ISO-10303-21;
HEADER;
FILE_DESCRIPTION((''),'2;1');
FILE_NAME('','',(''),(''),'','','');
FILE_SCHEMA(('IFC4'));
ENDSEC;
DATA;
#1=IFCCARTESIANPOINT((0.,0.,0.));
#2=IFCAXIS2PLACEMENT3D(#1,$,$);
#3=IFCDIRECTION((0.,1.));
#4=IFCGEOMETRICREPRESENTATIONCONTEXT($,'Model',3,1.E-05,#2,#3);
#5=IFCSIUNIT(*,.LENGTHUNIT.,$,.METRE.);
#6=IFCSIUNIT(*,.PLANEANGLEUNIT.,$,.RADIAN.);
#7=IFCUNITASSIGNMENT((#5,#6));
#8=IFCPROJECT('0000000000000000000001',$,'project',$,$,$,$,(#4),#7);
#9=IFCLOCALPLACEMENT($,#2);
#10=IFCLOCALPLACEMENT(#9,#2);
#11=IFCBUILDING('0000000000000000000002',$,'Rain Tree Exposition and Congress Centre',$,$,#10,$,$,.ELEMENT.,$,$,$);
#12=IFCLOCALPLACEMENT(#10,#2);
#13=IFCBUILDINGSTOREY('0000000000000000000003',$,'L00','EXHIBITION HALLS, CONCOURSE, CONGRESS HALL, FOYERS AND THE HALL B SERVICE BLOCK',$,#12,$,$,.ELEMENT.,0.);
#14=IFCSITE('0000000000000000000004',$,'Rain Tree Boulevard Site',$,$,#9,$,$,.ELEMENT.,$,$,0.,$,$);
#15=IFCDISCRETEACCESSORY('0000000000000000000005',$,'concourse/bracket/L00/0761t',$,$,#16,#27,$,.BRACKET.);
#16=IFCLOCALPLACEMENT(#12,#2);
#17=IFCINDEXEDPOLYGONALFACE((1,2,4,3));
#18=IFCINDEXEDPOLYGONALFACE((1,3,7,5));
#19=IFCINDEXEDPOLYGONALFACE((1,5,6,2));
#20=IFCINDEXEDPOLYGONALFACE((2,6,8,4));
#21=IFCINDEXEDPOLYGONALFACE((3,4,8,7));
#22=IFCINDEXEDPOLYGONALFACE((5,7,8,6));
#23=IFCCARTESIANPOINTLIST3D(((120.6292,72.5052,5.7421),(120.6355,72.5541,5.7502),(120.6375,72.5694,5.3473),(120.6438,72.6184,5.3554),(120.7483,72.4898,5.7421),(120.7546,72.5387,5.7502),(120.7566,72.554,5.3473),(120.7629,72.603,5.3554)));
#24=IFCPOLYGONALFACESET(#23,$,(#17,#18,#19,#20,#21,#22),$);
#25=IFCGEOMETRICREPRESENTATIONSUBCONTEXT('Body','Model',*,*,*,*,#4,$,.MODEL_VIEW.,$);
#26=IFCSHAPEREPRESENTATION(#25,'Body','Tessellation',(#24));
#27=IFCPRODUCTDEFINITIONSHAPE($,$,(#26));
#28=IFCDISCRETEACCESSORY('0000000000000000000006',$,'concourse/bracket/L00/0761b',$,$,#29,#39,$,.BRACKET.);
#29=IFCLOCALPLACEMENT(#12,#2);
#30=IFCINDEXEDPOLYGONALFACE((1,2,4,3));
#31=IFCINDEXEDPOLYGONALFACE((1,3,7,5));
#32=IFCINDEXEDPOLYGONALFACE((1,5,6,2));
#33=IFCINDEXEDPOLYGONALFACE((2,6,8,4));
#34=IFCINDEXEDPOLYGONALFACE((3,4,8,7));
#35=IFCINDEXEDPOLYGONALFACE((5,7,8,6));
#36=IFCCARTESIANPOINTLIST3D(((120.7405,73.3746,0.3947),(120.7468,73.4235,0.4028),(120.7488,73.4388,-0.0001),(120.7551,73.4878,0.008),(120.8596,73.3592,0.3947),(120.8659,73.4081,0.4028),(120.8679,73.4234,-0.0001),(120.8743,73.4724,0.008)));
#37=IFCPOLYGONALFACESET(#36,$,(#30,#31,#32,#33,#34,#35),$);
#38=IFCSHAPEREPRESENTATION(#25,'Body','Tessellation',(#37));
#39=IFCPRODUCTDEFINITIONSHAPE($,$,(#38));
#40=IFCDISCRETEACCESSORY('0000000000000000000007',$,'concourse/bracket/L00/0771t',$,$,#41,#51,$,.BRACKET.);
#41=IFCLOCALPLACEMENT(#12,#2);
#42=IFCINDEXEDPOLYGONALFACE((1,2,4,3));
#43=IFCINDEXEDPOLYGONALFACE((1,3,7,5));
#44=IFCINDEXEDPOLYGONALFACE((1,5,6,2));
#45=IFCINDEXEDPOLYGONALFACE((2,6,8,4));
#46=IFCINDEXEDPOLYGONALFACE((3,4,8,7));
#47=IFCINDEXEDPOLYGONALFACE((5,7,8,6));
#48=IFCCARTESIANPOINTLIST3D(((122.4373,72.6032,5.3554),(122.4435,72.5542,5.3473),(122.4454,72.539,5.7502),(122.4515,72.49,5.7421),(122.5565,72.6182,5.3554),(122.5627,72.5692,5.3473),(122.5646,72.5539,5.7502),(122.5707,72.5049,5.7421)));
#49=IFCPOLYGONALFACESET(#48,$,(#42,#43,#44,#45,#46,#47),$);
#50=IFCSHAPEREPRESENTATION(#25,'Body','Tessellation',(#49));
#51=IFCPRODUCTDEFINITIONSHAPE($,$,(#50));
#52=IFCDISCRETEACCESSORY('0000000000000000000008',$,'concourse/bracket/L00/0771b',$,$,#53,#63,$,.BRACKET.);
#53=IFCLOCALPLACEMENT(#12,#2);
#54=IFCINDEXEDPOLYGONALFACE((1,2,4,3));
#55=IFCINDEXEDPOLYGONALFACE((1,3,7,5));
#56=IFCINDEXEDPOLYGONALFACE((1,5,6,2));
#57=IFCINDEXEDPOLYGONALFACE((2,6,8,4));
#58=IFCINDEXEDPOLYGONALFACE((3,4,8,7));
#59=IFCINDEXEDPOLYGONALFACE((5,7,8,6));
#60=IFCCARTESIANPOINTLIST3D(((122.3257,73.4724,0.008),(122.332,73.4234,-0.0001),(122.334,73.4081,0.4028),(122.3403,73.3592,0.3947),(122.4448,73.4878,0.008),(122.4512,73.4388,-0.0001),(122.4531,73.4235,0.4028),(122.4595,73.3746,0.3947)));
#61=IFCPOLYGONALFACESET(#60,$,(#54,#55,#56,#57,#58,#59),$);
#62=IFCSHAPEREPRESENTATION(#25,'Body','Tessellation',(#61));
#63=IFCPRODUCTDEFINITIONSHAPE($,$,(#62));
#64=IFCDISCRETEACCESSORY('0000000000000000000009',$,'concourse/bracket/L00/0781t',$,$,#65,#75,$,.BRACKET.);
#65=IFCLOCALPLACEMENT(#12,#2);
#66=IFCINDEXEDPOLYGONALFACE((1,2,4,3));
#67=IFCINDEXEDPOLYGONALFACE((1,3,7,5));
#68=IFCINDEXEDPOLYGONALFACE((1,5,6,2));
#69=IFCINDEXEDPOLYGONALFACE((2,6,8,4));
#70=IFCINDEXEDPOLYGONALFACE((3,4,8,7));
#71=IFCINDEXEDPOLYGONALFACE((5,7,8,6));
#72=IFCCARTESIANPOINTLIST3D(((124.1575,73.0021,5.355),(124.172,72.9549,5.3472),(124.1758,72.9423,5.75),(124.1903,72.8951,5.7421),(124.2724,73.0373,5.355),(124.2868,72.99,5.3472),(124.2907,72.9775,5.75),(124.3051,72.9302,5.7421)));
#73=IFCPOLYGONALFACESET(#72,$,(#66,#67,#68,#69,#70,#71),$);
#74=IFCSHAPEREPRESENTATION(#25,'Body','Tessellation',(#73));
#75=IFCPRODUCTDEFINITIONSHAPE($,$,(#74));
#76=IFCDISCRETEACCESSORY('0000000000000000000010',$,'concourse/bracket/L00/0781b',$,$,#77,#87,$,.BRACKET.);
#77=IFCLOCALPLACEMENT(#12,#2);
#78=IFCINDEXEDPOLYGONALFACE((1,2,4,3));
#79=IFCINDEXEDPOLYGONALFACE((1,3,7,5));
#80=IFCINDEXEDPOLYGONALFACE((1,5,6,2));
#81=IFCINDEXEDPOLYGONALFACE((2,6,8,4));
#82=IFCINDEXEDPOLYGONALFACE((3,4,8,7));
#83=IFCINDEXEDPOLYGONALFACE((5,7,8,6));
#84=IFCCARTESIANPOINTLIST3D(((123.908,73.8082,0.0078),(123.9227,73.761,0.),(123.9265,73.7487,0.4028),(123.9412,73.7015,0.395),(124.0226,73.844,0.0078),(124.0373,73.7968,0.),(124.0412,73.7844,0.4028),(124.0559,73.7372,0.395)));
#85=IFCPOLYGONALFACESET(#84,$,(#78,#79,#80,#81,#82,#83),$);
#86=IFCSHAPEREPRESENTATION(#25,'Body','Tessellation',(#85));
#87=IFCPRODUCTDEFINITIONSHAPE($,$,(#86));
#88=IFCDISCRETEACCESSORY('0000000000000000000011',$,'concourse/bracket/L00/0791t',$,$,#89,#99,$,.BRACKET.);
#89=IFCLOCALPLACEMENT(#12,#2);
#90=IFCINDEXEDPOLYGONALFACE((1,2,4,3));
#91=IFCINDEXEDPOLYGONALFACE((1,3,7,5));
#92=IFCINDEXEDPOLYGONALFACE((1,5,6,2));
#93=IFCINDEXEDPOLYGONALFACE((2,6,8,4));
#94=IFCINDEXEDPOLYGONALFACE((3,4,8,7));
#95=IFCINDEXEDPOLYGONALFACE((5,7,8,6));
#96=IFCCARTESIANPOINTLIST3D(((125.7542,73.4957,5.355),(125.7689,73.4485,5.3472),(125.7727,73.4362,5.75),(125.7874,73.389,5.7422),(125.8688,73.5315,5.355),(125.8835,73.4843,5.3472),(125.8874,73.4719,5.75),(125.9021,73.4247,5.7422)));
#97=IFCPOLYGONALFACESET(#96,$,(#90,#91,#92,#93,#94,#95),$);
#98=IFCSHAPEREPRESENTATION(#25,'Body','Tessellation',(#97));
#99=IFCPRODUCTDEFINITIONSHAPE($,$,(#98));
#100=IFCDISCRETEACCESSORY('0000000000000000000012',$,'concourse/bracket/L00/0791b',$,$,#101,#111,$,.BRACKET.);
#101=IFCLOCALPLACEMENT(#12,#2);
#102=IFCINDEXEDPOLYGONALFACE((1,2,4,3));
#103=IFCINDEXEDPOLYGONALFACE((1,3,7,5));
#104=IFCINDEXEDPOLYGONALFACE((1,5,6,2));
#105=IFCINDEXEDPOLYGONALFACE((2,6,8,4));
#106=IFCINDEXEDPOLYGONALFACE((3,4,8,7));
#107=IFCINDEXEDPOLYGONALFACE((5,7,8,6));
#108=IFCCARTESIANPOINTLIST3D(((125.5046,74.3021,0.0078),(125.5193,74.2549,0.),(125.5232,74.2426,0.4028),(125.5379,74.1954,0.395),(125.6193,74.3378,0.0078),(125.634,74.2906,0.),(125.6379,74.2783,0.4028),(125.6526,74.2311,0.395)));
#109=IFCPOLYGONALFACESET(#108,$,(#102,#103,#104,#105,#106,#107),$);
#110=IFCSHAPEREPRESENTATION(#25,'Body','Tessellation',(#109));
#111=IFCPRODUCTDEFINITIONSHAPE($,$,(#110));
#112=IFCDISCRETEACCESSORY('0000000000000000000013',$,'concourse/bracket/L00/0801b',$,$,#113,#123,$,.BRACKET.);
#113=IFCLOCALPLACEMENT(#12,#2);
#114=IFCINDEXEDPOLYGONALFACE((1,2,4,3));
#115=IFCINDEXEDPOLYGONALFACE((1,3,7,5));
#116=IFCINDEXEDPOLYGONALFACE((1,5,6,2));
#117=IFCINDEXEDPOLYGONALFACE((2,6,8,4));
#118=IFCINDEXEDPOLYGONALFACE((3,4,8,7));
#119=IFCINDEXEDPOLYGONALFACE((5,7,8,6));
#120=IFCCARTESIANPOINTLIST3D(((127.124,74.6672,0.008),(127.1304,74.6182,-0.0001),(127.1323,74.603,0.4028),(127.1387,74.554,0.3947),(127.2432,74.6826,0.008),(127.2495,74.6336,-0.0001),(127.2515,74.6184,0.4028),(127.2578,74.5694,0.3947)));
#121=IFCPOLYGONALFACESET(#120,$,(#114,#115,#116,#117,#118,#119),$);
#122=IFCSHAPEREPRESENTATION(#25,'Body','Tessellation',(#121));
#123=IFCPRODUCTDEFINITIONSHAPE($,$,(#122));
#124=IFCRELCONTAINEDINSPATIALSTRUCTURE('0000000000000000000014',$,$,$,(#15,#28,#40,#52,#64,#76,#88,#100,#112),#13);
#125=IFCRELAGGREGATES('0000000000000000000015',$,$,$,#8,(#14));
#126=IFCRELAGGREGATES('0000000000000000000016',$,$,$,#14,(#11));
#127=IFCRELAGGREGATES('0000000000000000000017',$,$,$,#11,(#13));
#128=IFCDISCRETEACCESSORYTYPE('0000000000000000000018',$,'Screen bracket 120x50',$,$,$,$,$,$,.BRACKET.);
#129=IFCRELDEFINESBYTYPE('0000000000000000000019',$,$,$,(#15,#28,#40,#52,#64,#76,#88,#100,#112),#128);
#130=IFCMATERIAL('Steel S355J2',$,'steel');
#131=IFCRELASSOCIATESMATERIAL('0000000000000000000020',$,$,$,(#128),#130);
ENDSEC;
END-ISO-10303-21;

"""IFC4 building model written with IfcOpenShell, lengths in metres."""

from ifc_helpers import new_model, si_unit, direction, frame, origin, origin_2d, place, context, subcontext, project, spatial, rectangle, extrude, material, material_profile, profile_set, type_object, element, save


model = new_model("IFC4")

# Units and contexts
model_context = context("Model", 3, precision=1e-05, world=origin(), true_north=direction((0.0, 1.0)))
body_context = subcontext(model_context, "Body", "Model", "MODEL_VIEW")
ifc_project = project(units=[si_unit("LENGTHUNIT", "METRE"), si_unit("PLANEANGLEUNIT", "RADIAN")], contexts=[model_context])

# Site, building, storey
site_placement = place(None, origin())
site = spatial("IfcSite", under=ifc_project, at=site_placement, Name="Rain Tree Boulevard Site", CompositionType="ELEMENT", RefElevation=0.0)
building_placement = place(site_placement, origin())
building = spatial("IfcBuilding", under=site, at=building_placement, Name="Rain Tree Exposition and Congress Centre", CompositionType="ELEMENT")
storey_placement = place(building_placement, origin())
storey = spatial("IfcBuildingStorey", under=building, at=storey_placement, Name="L00", Description="EXHIBITION HALLS, CONCOURSE, CONGRESS HALL, FOYERS AND THE HALL B SERVICE BLOCK", CompositionType="ELEMENT", Elevation=0.0)

# Discrete accessories
ifc_material_1 = material(Name="Steel S355J2", Category="steel")
ifc_material_profile_1 = material_profile(ifc_material_1, rectangle(XDim=0.1201, YDim=0.05, at=origin_2d()), Name="Flat bar 120x50")
ifc_profile_set_1 = profile_set([ifc_material_profile_1], Name="Steel S355J2")
discrete_accessory_type = type_object("IfcDiscreteAccessoryType", Name="Screen bracket 120x50", PredefinedType="BRACKET", material=ifc_profile_set_1)
for number, where, z_axis, x_axis, name in (
    (1, (120.7002, 72.5862, 5.3513), (-0.020749, -0.160503, 0.986817), (0.991747, -0.128211, 0.0), "concourse/bracket/L00/0761t"),
    (2, (120.8115, 73.4556, 0.0039), (-0.020749, -0.160503, 0.986817), (0.991747, -0.128211, 0.0), "concourse/bracket/L00/0761b"),
    (3, (122.5, 72.5862, 5.3513), (0.020139, -0.160505, 0.98683), (0.99222, 0.124499, 0.0), "concourse/bracket/L00/0771t"),
    (4, (122.3884, 73.4556, 0.0039), (0.020749, -0.160503, 0.986817), (0.991747, 0.128211, 0.0), "concourse/bracket/L00/0771b"),
):
    element("IfcDiscreteAccessory", number, at=place(storey_placement, frame(where, z_axis=z_axis, x_axis=x_axis)), inside=storey, type_object=discrete_accessory_type, Name=name, PredefinedType="BRACKET", context=body_context, shape_type="SweptSolid", body=[
        extrude(rectangle(XDim=0.1201, YDim=0.05, at=origin_2d()), origin(), (0.0, 0.0, 1.0), 0.4001),
    ])
for number, where, z_axis, x_axis, name in (
    (5, (124.2222, 72.9961, 5.3511), (0.045783, -0.149558, 0.987692), (0.9562, 0.292714, 0.0), "concourse/bracket/L00/0781t"),
    (6, (123.9727, 73.8025, 0.0039), (0.046396, -0.148957, 0.987755), (0.954758, 0.297384, 0.0), "concourse/bracket/L00/0781b"),
    (7, (125.8188, 73.49, 5.3511), (0.046396, -0.148957, 0.987755), (0.954758, 0.297384, 0.0), "concourse/bracket/L00/0791t"),
    (8, (125.5693, 74.2964, 0.0039), (0.046396, -0.148957, 0.987755), (0.954758, 0.297384, 0.0), "concourse/bracket/L00/0791b"),
):
    element("IfcDiscreteAccessory", number, at=place(storey_placement, frame(where, z_axis=z_axis, x_axis=x_axis)), inside=storey, type_object=discrete_accessory_type, Name=name, PredefinedType="BRACKET", context=body_context, shape_type="SweptSolid", body=[
        extrude(rectangle(XDim=0.1201, YDim=0.05, at=origin_2d()), origin(), (0.0, 0.0, 1.0), 0.3999),
    ])
discrete_accessory_placement = place(storey_placement, frame((127.1868, 74.6504, 0.0039), z_axis=(0.020749, -0.160503, 0.986817), x_axis=(0.991747, 0.128211, 0.0)))
element("IfcDiscreteAccessory", 9, at=discrete_accessory_placement, inside=storey, type_object=discrete_accessory_type, Name="concourse/bracket/L00/0801b", PredefinedType="BRACKET", context=body_context, shape_type="SweptSolid", body=[
    extrude(rectangle(XDim=0.1201, YDim=0.05, at=origin_2d()), origin(), (0.0, 0.0, 1.0), 0.4001),
])

save(model, "model.ifc")
